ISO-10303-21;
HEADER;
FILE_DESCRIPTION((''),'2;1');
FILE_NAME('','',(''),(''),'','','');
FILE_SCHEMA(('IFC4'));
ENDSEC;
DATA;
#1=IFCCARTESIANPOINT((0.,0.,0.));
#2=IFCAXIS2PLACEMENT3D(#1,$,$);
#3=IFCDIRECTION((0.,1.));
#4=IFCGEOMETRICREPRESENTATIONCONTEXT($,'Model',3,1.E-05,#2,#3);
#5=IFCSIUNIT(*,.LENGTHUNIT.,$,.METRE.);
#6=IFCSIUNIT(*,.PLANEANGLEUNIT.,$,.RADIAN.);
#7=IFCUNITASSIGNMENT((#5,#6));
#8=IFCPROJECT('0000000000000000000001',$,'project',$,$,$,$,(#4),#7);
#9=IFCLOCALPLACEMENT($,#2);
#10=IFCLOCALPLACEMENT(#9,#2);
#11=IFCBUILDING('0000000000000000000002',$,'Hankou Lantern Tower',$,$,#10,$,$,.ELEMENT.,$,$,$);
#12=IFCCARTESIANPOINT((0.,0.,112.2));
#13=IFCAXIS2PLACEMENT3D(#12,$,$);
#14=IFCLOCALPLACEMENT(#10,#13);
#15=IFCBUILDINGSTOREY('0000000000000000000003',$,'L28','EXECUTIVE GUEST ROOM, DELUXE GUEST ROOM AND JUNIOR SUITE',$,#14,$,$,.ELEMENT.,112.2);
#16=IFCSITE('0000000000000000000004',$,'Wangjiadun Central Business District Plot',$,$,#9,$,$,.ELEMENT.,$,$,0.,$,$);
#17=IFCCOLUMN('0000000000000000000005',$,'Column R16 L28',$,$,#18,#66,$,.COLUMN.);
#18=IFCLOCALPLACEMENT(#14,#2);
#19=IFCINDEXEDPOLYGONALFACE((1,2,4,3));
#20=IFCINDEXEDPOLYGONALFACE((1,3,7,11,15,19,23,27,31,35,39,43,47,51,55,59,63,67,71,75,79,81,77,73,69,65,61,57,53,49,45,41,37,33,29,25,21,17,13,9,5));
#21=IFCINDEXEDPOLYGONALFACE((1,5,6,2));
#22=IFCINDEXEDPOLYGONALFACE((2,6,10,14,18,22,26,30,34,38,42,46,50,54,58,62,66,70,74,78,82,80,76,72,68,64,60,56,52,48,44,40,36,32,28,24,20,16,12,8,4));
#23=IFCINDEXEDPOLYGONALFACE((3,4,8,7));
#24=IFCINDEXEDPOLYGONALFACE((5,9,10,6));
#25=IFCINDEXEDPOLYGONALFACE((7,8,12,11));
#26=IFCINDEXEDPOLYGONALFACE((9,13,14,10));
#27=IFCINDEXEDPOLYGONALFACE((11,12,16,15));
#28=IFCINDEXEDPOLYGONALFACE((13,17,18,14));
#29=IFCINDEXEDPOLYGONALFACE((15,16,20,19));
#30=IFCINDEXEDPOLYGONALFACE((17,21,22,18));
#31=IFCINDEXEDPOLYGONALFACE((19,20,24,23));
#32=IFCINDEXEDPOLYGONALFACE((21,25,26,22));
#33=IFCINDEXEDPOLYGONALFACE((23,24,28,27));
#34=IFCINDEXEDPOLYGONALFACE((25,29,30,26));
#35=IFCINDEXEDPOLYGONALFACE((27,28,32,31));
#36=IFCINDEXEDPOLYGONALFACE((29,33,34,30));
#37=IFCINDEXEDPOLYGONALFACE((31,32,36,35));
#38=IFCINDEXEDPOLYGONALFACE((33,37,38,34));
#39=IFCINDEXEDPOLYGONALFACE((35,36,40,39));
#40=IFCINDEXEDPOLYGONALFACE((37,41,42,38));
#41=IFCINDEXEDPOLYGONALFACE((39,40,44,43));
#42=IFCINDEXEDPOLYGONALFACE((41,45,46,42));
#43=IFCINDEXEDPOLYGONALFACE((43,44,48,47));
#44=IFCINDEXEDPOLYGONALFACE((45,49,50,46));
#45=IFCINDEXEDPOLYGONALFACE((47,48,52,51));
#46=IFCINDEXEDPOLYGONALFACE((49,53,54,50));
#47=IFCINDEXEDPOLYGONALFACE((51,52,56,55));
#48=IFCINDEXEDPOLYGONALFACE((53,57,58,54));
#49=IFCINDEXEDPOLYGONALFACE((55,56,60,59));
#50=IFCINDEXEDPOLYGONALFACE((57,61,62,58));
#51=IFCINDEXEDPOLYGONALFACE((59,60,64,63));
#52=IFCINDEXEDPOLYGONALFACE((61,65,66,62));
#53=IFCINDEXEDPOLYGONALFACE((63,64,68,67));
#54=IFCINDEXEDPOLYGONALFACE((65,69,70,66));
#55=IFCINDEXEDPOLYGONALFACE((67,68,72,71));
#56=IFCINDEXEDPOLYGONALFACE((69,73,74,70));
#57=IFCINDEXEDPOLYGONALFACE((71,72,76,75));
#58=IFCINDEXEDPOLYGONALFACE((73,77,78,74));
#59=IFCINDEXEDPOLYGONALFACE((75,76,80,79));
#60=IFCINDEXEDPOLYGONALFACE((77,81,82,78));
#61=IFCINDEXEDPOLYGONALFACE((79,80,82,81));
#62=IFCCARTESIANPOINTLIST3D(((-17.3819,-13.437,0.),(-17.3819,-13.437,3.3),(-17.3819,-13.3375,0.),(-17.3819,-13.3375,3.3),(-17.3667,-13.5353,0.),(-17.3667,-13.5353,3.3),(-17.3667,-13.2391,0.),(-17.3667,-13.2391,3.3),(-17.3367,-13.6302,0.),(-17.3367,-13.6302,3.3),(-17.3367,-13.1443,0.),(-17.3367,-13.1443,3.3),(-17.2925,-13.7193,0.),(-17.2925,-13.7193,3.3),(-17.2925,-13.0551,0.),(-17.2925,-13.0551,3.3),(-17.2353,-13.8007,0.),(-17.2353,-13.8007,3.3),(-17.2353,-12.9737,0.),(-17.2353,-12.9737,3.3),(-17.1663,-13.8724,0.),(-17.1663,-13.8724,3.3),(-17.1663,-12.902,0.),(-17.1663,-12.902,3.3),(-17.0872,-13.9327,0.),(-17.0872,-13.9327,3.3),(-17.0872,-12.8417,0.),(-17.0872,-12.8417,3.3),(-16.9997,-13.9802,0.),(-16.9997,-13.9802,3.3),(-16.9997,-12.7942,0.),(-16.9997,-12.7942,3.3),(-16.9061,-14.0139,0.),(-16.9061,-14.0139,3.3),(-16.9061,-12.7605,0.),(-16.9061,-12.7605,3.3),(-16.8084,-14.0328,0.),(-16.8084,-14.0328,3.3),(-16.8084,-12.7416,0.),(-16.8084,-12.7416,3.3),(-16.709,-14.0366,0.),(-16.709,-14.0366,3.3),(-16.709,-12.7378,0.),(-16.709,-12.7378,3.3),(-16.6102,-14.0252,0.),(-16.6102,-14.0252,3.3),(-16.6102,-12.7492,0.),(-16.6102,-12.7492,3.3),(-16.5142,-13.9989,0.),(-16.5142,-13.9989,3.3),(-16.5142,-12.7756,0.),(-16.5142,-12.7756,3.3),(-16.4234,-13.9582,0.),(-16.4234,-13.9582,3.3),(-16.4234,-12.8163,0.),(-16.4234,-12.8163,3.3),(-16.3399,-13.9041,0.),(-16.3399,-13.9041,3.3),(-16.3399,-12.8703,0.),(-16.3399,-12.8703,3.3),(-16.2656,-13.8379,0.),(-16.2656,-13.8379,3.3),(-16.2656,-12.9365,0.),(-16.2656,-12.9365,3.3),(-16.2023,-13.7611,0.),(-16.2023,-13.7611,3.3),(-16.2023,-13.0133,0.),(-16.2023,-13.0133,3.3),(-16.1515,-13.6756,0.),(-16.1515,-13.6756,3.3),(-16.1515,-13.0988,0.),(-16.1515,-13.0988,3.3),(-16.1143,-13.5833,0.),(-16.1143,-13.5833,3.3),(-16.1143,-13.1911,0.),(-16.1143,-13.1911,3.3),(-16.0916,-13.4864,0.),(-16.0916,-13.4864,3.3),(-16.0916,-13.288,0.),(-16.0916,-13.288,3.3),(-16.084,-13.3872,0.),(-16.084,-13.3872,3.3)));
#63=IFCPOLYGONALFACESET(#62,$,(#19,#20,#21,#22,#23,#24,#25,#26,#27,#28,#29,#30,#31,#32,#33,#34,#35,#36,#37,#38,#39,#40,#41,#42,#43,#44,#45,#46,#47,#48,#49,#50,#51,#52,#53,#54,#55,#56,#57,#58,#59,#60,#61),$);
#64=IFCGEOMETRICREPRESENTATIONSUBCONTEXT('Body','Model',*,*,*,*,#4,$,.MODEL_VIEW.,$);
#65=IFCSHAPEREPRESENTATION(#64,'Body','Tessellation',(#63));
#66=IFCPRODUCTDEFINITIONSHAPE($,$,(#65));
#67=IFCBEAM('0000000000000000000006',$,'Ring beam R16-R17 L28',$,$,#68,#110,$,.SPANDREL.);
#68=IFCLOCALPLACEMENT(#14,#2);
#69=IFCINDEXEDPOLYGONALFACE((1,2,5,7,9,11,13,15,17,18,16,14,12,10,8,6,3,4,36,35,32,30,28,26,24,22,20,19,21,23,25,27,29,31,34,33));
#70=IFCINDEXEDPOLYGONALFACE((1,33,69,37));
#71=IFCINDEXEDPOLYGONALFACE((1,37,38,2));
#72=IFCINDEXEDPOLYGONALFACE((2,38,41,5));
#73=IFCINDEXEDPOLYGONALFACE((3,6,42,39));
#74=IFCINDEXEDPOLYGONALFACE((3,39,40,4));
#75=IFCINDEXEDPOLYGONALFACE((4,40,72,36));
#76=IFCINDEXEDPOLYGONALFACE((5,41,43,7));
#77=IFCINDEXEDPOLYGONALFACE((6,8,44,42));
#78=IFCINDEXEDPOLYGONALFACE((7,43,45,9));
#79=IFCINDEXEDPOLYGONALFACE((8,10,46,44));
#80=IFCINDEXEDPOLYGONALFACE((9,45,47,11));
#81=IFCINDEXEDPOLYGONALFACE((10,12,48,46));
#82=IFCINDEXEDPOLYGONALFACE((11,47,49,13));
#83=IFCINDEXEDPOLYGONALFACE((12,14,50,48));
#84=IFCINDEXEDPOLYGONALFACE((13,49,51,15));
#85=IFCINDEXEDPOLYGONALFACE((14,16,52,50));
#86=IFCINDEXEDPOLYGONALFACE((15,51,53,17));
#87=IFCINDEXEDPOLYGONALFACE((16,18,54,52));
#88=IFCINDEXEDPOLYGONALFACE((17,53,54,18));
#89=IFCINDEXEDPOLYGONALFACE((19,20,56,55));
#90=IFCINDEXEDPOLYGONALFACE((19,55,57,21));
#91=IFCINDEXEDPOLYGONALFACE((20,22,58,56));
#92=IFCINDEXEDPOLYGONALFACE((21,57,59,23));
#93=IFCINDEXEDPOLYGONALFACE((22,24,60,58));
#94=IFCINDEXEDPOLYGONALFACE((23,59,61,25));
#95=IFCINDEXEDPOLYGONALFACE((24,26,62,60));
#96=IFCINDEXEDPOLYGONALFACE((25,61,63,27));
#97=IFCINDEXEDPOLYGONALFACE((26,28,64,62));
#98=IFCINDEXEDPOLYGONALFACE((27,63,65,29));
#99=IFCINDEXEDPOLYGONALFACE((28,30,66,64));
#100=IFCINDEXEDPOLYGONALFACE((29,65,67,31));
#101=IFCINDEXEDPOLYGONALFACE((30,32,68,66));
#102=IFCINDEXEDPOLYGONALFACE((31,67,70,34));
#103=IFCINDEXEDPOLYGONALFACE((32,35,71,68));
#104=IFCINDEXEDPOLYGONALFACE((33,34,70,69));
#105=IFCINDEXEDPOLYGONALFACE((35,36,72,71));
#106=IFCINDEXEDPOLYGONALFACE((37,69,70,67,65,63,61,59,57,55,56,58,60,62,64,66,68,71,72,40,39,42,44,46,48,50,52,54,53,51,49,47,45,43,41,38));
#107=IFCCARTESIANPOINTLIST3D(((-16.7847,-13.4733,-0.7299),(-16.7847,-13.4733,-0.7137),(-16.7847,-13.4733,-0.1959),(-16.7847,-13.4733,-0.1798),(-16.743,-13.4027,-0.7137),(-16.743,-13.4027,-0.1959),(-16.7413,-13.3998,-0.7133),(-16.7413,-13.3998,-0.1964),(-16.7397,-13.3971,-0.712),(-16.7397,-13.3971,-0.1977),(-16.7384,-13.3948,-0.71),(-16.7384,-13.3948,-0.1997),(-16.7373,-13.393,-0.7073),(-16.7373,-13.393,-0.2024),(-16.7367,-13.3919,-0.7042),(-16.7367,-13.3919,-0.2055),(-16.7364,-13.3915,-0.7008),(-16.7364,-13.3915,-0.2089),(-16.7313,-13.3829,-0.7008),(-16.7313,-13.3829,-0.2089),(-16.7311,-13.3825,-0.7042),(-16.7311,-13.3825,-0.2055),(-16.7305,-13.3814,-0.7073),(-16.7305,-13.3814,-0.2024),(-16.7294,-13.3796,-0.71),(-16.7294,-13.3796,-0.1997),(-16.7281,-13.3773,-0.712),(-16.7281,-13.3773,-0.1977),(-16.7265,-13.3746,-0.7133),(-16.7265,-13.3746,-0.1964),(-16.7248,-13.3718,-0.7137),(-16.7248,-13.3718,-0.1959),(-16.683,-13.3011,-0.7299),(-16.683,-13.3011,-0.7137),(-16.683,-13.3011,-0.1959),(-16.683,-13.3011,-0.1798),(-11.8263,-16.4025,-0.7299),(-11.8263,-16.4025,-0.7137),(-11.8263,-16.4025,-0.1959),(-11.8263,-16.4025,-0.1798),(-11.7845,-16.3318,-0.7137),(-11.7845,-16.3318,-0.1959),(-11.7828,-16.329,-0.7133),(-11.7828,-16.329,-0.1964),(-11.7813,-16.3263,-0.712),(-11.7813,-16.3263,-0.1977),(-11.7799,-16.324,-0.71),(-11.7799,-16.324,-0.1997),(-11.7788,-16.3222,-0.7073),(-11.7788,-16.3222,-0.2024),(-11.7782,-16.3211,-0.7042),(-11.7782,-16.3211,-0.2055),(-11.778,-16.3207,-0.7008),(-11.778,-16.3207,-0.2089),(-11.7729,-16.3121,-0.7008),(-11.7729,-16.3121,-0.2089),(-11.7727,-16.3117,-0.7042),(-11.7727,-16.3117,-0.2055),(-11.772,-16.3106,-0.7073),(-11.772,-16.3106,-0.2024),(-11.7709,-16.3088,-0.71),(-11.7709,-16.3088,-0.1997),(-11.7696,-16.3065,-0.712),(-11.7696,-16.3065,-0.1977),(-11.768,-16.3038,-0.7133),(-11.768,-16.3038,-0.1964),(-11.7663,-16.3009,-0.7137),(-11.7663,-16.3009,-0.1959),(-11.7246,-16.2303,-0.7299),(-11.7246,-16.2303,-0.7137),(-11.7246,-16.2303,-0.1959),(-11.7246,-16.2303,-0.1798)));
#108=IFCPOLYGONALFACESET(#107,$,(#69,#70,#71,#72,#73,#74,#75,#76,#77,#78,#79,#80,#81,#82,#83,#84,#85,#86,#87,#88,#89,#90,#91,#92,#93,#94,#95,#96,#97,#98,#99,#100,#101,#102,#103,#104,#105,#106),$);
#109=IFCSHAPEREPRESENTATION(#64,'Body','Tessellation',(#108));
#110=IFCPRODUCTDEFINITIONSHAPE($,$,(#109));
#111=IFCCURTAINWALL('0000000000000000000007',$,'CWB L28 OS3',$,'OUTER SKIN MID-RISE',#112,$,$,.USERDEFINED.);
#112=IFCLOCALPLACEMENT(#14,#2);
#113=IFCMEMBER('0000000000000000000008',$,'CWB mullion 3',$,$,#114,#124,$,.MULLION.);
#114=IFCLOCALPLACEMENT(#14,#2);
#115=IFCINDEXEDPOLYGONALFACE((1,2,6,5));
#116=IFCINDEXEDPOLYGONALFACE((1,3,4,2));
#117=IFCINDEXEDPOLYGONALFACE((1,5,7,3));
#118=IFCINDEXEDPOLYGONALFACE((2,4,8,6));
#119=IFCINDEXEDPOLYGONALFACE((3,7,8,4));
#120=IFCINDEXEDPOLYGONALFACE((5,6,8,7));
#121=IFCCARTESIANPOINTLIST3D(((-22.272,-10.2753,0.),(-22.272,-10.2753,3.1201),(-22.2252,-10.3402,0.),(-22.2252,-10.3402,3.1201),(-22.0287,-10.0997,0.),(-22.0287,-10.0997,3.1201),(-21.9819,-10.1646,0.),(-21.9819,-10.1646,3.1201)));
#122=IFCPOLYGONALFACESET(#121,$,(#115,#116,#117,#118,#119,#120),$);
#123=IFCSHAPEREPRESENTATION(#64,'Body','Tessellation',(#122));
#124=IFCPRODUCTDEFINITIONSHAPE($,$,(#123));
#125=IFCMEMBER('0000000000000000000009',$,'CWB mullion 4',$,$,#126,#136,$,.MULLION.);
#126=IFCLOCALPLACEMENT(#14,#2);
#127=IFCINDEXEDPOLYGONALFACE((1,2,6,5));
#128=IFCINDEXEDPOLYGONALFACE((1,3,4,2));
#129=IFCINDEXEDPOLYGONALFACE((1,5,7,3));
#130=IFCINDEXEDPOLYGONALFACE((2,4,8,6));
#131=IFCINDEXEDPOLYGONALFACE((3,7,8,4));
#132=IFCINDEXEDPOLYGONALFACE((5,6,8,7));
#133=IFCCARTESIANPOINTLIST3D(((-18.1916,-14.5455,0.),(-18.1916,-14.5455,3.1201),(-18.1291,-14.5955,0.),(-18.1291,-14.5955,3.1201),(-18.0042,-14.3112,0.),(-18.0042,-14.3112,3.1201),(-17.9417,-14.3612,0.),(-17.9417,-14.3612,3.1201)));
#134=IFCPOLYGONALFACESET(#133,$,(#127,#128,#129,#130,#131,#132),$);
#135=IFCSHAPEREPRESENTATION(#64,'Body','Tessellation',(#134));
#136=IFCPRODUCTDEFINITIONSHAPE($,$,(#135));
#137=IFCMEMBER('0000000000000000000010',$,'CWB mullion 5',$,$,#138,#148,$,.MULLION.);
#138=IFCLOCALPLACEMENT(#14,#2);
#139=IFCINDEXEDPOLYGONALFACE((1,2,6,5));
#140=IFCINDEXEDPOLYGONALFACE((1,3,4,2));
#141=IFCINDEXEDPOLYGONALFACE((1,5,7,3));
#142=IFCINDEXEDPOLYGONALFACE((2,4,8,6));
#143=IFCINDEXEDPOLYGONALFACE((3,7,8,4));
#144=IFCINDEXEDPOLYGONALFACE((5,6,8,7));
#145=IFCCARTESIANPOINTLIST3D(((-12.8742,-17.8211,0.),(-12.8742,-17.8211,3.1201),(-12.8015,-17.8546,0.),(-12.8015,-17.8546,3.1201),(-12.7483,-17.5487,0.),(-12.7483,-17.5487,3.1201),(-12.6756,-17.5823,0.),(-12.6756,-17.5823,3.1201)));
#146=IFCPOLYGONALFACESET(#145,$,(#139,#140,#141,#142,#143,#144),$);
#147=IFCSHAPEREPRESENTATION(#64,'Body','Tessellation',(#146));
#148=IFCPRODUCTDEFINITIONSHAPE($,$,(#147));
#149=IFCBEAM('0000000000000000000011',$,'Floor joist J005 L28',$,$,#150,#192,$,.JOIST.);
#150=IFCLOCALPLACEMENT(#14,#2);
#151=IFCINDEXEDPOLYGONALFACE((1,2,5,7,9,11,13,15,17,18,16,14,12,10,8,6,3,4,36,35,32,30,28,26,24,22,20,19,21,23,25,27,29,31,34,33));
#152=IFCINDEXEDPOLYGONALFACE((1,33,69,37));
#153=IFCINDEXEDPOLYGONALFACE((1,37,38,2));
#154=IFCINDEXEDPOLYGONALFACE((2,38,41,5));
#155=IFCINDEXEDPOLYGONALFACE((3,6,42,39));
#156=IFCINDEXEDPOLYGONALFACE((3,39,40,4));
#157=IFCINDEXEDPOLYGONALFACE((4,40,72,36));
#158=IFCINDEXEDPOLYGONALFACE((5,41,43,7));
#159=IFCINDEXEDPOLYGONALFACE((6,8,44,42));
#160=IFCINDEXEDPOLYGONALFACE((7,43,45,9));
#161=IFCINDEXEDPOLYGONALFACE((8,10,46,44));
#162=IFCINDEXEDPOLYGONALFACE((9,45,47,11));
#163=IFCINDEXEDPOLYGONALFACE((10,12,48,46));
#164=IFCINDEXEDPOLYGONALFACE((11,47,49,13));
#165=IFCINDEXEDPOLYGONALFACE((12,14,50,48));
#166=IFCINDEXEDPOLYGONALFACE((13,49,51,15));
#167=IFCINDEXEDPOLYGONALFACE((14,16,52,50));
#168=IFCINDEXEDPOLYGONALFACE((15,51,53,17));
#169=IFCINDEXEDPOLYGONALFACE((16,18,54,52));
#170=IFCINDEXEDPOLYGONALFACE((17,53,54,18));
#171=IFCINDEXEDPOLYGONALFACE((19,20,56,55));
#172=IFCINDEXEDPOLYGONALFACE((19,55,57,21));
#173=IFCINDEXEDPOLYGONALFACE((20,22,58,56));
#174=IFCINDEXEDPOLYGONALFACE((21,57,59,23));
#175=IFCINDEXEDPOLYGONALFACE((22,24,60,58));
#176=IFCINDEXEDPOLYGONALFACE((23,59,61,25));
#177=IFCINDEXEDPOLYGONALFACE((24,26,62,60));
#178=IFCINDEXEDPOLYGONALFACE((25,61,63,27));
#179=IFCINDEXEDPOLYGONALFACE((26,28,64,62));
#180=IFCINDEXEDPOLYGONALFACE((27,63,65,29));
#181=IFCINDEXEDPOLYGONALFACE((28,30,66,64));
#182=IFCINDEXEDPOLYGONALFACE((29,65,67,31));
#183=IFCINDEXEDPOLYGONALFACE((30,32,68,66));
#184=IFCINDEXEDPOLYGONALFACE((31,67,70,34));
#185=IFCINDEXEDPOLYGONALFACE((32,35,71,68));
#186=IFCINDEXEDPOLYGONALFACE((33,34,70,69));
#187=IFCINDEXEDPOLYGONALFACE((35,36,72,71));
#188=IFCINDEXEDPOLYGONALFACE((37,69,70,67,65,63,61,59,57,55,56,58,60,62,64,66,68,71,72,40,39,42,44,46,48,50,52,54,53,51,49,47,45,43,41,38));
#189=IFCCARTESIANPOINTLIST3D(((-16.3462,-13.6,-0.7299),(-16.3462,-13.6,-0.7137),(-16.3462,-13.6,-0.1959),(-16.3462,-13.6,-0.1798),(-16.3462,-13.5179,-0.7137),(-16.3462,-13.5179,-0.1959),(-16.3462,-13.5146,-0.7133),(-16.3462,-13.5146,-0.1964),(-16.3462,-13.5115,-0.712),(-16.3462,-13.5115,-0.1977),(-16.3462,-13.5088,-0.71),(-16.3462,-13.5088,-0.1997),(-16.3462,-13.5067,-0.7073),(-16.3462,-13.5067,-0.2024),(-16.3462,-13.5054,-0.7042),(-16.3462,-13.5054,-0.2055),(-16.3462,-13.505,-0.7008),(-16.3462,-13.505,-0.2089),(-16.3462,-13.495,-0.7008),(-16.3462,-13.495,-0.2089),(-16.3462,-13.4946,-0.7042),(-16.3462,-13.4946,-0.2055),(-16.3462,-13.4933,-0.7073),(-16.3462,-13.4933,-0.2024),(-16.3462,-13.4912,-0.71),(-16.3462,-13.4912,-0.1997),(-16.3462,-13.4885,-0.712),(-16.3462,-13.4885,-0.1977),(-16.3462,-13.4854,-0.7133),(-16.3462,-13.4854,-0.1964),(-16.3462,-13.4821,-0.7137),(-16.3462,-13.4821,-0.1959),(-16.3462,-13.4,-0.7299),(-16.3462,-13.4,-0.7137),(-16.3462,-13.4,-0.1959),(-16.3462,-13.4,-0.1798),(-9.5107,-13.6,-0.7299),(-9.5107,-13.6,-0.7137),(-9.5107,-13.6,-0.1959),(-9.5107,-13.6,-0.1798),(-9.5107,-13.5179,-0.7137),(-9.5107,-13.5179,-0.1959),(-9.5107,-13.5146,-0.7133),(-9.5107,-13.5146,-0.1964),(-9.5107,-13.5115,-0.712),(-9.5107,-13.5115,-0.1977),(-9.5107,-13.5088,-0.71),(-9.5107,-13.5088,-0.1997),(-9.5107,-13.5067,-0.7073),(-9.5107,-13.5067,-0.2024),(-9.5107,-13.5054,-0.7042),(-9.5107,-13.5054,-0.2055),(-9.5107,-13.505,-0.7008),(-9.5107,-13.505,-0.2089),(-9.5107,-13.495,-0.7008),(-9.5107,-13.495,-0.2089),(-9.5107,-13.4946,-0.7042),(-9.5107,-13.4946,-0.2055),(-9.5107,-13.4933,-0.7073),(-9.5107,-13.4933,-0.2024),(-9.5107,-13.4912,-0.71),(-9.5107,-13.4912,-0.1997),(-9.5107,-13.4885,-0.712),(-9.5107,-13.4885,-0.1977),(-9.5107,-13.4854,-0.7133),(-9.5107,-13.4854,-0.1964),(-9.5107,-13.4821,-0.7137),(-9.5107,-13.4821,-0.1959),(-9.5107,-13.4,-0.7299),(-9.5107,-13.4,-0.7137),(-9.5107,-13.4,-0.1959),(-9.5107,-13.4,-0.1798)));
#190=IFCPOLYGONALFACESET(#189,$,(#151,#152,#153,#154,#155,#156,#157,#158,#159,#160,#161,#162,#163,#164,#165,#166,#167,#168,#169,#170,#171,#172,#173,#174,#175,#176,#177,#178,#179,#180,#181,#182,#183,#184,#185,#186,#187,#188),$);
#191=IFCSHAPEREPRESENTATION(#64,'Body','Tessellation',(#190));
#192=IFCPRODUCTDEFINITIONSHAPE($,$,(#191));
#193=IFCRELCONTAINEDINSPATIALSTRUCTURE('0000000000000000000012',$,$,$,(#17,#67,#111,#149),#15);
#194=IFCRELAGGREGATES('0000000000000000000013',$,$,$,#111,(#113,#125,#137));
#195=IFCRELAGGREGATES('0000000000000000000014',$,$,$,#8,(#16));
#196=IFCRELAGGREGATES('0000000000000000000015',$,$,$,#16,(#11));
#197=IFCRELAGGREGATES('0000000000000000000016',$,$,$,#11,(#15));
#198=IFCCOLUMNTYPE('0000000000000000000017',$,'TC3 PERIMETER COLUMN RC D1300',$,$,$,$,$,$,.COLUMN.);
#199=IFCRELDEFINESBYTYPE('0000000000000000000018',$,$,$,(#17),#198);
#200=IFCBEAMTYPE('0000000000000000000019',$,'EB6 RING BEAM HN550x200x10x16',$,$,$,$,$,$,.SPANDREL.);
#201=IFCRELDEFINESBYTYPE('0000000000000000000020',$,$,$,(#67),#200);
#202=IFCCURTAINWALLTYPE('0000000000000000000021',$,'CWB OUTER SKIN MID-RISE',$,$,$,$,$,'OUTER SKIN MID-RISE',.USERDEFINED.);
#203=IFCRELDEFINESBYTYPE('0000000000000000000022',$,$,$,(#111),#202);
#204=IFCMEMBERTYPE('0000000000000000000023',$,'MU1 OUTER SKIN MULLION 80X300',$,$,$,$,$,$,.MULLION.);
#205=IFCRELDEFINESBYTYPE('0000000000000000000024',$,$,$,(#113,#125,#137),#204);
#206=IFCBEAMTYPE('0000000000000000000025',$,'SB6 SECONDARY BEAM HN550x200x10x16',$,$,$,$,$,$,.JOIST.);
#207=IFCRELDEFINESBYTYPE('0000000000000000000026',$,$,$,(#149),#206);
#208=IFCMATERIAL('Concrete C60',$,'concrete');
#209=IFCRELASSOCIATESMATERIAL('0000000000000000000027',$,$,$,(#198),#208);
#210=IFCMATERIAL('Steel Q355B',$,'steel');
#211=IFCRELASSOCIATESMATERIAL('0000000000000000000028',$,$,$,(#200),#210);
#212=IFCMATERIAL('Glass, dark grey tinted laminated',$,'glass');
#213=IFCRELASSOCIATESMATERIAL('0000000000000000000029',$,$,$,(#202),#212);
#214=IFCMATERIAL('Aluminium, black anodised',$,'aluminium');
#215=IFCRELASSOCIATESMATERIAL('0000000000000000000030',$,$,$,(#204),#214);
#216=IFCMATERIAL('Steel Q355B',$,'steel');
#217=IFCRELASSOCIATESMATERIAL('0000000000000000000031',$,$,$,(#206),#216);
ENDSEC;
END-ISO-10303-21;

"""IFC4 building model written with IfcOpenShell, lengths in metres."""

from ifc_helpers import new_model, si_unit, direction, frame, origin, origin_2d, place, context, subcontext, project, spatial, rectangle, circle, i_section, extrude, material, material_profile, profile_set, type_object, element, aggregate, save


model = new_model("IFC4")

# Units and contexts
model_context = context("Model", 3, precision=1e-05, world=origin(), true_north=direction((0.0, 1.0)))
body_context = subcontext(model_context, "Body", "Model", "MODEL_VIEW")
ifc_project = project(units=[si_unit("LENGTHUNIT", "METRE"), si_unit("PLANEANGLEUNIT", "RADIAN")], contexts=[model_context])

# Site, building, storey
site_placement = place(None, origin())
site = spatial("IfcSite", under=ifc_project, at=site_placement, Name="Wangjiadun Central Business District Plot", CompositionType="ELEMENT", RefElevation=0.0)
building_placement = place(site_placement, origin())
building = spatial("IfcBuilding", under=site, at=building_placement, Name="Hankou Lantern Tower", CompositionType="ELEMENT")
storey_placement = place(building_placement, frame((0.0, 0.0, 112.2)))
storey = spatial("IfcBuildingStorey", under=building, at=storey_placement, Name="L28", Description="EXECUTIVE GUEST ROOM, DELUXE GUEST ROOM AND JUNIOR SUITE", CompositionType="ELEMENT", Elevation=112.2)

# Column
ifc_material_1 = material(Name="Concrete C60", Category="concrete")
ifc_material_profile_1 = material_profile(ifc_material_1, circle(Radius=0.6499, at=origin_2d()), Name="RC D1300")
ifc_profile_set_1 = profile_set([ifc_material_profile_1], Name="Concrete C60")
column_type = type_object("IfcColumnType", Name="TC3 PERIMETER COLUMN RC D1300", PredefinedType="COLUMN", material=ifc_profile_set_1)
column_placement = place(storey_placement, frame((-16.7339, -13.3872, 0.0), z_axis=(0.0, 0.0, 1.0), x_axis=(1.0, 0.0, 0.0)))
element("IfcColumn", 1, at=column_placement, inside=storey, type_object=column_type, Name="Column R16 L28", PredefinedType="COLUMN", context=body_context, shape_type="SweptSolid", body=[
    extrude(circle(Radius=0.6499, at=origin_2d()), origin(), (0.0, 0.0, 1.0), 3.3),
])

# Beam
ifc_material_2 = material(Name="Steel Q355B", Category="steel")
ifc_material_profile_2 = material_profile(ifc_material_2, i_section(OverallWidth=0.2, OverallDepth=0.55, WebThickness=0.01, FlangeThickness=0.0161, FilletRadius=0.0129, at=origin_2d()), Name="HN550x200x10x16")
ifc_profile_set_2 = profile_set([ifc_material_profile_2], Name="Steel Q355B")
beam_type_1 = type_object("IfcBeamType", Name="EB6 RING BEAM HN550x200x10x16", PredefinedType="SPANDREL", material=ifc_profile_set_2)
beam_1_placement = place(storey_placement, frame((-16.7339, -13.3872, -0.4548), z_axis=(0.860989, -0.508624, 0.0), x_axis=(0.508624, 0.860989, 0.0)))
element("IfcBeam", 2, at=beam_1_placement, inside=storey, type_object=beam_type_1, Name="Ring beam R16-R17 L28", PredefinedType="SPANDREL", context=body_context, shape_type="SweptSolid", body=[
    extrude(i_section(OverallWidth=0.2, OverallDepth=0.55, WebThickness=0.01, FlangeThickness=0.0161, FilletRadius=0.0129, at=origin_2d()), origin(), (0.0, 0.0, 1.0), 5.759),
])

# Curtain wall, members
ifc_material_3 = material(Name="Glass, dark grey tinted laminated", Category="glass")
curtain_wall_type = type_object("IfcCurtainWallType", Name="CWB OUTER SKIN MID-RISE", ElementType="OUTER SKIN MID-RISE", PredefinedType="USERDEFINED", material=ifc_material_3)
curtain_wall_placement = place(storey_placement, origin())
curtain_wall = element("IfcCurtainWall", 3, at=curtain_wall_placement, inside=storey, type_object=curtain_wall_type, Name="CWB L28 OS3", ObjectType="OUTER SKIN MID-RISE", PredefinedType="USERDEFINED")
ifc_material_4 = material(Name="Aluminium, black anodised", Category="aluminium")
ifc_material_profile_3 = material_profile(ifc_material_4, rectangle(XDim=0.0801, YDim=0.3, at=origin_2d()), Name="MU1 80X300")
ifc_profile_set_3 = profile_set([ifc_material_profile_3], Name="Aluminium, black anodised")
member_type_1 = type_object("IfcMemberType", Name="MU1 OUTER SKIN MULLION 80X300", PredefinedType="MULLION", material=ifc_profile_set_3)
member_1_placement = place(storey_placement, frame((-22.127, -10.22, 0.0), z_axis=(0.0, 0.0, 1.0), x_axis=(0.585206, -0.810885, 0.0)))
member_1 = element("IfcMember", 4, at=member_1_placement, type_object=member_type_1, Name="CWB mullion 3", PredefinedType="MULLION", context=body_context, shape_type="SweptSolid", body=[
    extrude(rectangle(XDim=0.0801, YDim=0.3, at=origin_2d()), origin(), (0.0, 0.0, 1.0), 3.1201),
])
member_2_placement = place(storey_placement, frame((-18.0667, -14.4534, 0.0), z_axis=(0.0, 0.0, 1.0), x_axis=(0.780869, -0.624695, 0.0)))
member_2 = element("IfcMember", 5, at=member_2_placement, type_object=member_type_1, Name="CWB mullion 4", PredefinedType="MULLION", context=body_context, shape_type="SweptSolid", body=[
    extrude(rectangle(XDim=0.0801, YDim=0.3, at=origin_2d()), origin(), (0.0, 0.0, 1.0), 3.1201),
])
member_3_placement = place(storey_placement, frame((-12.7749, -17.7017, 0.0), z_axis=(0.0, 0.0, 1.0), x_axis=(0.907841, -0.419314, 0.0)))
member_3 = element("IfcMember", 6, at=member_3_placement, type_object=member_type_1, Name="CWB mullion 5", PredefinedType="MULLION", context=body_context, shape_type="SweptSolid", body=[
    extrude(rectangle(XDim=0.0801, YDim=0.3, at=origin_2d()), origin(), (0.0, 0.0, 1.0), 3.1201),
])

# Beam
ifc_material_5 = material(Name="Steel Q355B", Category="steel")
ifc_material_profile_4 = material_profile(ifc_material_5, i_section(OverallWidth=0.2, OverallDepth=0.55, WebThickness=0.01, FlangeThickness=0.0161, FilletRadius=0.0129, at=origin_2d()), Name="HN550x200x10x16")
ifc_profile_set_4 = profile_set([ifc_material_profile_4], Name="Steel Q355B")
beam_type_2 = type_object("IfcBeamType", Name="SB6 SECONDARY BEAM HN550x200x10x16", PredefinedType="JOIST", material=ifc_profile_set_4)
beam_2_placement = place(storey_placement, frame((-16.3462, -13.5, -0.4548), z_axis=(1.0, 0.0, 0.0), x_axis=(0.0, 1.0, 0.0)))
element("IfcBeam", 7, at=beam_2_placement, inside=storey, type_object=beam_type_2, Name="Floor joist J005 L28", PredefinedType="JOIST", context=body_context, shape_type="SweptSolid", body=[
    extrude(i_section(OverallWidth=0.2, OverallDepth=0.55, WebThickness=0.01, FlangeThickness=0.0161, FilletRadius=0.0129, at=origin_2d()), origin(), (0.0, 0.0, 1.0), 6.8354),
])

aggregate(curtain_wall, [member_1, member_2, member_3])

save(model, "model.ifc")
